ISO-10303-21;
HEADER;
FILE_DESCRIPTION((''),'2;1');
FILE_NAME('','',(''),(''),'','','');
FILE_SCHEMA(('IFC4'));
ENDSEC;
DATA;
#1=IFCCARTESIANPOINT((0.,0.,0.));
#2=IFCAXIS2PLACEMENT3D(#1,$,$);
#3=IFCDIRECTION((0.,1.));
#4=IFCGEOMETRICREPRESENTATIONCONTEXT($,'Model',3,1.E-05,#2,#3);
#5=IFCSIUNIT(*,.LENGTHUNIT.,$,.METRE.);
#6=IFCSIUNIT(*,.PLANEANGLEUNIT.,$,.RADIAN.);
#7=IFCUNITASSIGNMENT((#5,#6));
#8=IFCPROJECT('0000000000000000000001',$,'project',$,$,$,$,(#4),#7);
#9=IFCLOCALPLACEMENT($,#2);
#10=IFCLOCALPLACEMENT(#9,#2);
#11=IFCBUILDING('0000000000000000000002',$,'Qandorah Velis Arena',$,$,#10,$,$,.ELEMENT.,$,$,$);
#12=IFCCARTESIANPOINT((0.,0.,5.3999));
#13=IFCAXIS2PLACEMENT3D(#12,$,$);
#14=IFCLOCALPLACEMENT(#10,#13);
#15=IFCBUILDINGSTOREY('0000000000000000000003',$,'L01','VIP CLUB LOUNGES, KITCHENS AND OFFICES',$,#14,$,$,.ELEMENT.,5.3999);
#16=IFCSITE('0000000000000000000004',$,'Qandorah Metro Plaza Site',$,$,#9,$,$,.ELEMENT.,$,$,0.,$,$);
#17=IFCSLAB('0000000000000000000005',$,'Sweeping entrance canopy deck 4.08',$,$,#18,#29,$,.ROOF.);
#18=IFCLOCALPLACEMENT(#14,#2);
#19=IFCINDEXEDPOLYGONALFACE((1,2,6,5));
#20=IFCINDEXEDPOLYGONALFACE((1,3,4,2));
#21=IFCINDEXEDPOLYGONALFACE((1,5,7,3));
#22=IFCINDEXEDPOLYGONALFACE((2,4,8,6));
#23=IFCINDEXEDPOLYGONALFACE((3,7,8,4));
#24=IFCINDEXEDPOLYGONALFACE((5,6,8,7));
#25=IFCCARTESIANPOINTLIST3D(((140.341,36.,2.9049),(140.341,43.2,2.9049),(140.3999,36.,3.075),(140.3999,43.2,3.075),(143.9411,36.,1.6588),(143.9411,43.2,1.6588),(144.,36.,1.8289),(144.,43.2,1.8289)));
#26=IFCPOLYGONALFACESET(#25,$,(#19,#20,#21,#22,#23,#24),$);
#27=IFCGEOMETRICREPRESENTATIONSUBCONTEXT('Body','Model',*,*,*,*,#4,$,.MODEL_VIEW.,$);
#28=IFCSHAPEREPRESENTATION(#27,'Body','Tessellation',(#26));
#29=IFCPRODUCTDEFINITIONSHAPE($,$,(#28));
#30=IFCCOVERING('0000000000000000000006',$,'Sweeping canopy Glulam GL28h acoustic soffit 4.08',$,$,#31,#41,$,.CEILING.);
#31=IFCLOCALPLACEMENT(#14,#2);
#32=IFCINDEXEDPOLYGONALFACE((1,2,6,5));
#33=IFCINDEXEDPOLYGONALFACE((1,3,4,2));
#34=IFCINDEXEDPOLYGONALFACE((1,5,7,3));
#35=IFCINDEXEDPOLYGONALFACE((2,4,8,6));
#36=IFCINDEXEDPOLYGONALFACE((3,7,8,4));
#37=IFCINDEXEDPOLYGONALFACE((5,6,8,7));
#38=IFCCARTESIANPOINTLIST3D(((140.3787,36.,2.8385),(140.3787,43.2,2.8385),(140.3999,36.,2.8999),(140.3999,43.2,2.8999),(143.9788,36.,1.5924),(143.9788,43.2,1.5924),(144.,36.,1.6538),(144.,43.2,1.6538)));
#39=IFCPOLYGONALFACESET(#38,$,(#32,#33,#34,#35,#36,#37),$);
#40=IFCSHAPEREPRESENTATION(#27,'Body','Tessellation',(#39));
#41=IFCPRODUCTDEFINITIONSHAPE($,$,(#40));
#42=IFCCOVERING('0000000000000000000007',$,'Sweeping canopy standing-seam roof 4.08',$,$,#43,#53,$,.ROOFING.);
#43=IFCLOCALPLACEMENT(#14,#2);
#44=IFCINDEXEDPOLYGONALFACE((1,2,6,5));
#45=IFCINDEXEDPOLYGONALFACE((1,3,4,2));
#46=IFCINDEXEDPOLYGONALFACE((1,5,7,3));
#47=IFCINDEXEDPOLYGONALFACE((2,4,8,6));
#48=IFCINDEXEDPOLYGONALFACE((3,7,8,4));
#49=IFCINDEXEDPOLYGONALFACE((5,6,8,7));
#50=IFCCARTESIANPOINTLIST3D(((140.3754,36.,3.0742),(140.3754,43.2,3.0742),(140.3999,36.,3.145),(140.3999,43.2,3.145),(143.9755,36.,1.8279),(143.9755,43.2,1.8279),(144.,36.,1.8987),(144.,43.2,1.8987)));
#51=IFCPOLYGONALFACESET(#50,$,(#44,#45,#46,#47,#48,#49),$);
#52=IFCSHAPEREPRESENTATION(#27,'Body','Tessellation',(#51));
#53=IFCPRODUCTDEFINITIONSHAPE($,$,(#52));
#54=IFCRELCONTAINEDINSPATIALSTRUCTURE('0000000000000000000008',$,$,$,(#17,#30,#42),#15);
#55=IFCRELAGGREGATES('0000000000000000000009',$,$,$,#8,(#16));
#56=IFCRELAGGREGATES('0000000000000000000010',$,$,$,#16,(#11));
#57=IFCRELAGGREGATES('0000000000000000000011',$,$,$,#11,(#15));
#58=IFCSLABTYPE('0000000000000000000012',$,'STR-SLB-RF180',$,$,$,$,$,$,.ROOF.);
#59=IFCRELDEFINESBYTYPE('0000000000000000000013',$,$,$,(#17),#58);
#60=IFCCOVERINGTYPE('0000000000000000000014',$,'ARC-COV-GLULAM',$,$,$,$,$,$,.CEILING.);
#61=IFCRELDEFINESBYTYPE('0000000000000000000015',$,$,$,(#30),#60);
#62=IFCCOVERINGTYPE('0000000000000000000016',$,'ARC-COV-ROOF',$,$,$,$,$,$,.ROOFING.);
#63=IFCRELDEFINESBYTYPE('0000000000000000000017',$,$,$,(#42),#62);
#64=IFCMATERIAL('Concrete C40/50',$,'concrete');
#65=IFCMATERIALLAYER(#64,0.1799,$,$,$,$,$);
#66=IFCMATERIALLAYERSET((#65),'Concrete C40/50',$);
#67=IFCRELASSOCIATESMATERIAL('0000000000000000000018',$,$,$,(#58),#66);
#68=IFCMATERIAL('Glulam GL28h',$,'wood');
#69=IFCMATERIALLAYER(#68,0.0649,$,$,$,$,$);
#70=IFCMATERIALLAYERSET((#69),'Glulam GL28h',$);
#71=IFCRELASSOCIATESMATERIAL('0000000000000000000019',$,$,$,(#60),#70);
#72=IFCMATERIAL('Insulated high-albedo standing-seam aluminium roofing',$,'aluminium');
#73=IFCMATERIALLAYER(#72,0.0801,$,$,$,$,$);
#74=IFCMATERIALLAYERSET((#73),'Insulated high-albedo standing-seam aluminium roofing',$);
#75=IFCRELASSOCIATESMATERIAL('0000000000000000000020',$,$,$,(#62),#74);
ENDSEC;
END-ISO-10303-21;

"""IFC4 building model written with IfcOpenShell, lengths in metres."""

from ifc_helpers import new_model, si_unit, direction, frame, origin, place, context, subcontext, project, spatial, polyline, outline, extrude, material, layer, layer_set, type_object, element, save


model = new_model("IFC4")

# Units and contexts
model_context = context("Model", 3, precision=1e-05, world=origin(), true_north=direction((0.0, 1.0)))
body_context = subcontext(model_context, "Body", "Model", "MODEL_VIEW")
ifc_project = project(units=[si_unit("LENGTHUNIT", "METRE"), si_unit("PLANEANGLEUNIT", "RADIAN")], contexts=[model_context])

# Site, building, storey
site_placement = place(None, origin())
site = spatial("IfcSite", under=ifc_project, at=site_placement, Name="Qandorah Metro Plaza Site", CompositionType="ELEMENT", RefElevation=0.0)
building_placement = place(site_placement, origin())
building = spatial("IfcBuilding", under=site, at=building_placement, Name="Qandorah Velis Arena", CompositionType="ELEMENT")
storey_placement = place(building_placement, frame((0.0, 0.0, 5.3999)))
storey = spatial("IfcBuildingStorey", under=building, at=storey_placement, Name="L01", Description="VIP CLUB LOUNGES, KITCHENS AND OFFICES", CompositionType="ELEMENT", Elevation=5.3999)

# Slab
ifc_material_1 = material(Name="Concrete C40/50", Category="concrete")
ifc_layer_1 = layer(ifc_material_1, 0.1799)
ifc_layer_set_1 = layer_set([ifc_layer_1], Name="Concrete C40/50")
slab_type = type_object("IfcSlabType", Name="STR-SLB-RF180", PredefinedType="ROOF", material=ifc_layer_set_1)
slab_placement = place(storey_placement, frame((140.3999, 36.0, 3.075), z_axis=(0.327089, 0.0, 0.944994), x_axis=(0.944994, 0.0, -0.327089)))
element("IfcSlab", 1, at=slab_placement, inside=storey, type_object=slab_type, Name="Sweeping entrance canopy deck 4.08", PredefinedType="ROOF", context=body_context, shape_type="SweptSolid", body=[
    extrude(outline(polyline([(0.0, 0.0), (3.8097, 0.0), (3.8097, 7.2), (0.0, 7.2), (0.0, 0.0)])), origin(), (0.0, 0.0, -1.0), 0.1799),
])

# Coverings
ifc_material_2 = material(Name="Glulam GL28h", Category="wood")
ifc_layer_2 = layer(ifc_material_2, 0.0649)
ifc_layer_set_2 = layer_set([ifc_layer_2], Name="Glulam GL28h")
covering_type_1 = type_object("IfcCoveringType", Name="ARC-COV-GLULAM", PredefinedType="CEILING", material=ifc_layer_set_2)
covering_1_placement = place(storey_placement, frame((140.3999, 36.0, 2.8999), z_axis=(0.327089, 0.0, 0.944994), x_axis=(0.944994, 0.0, -0.327089)))
element("IfcCovering", 2, at=covering_1_placement, inside=storey, type_object=covering_type_1, Name="Sweeping canopy Glulam GL28h acoustic soffit 4.08", PredefinedType="CEILING", context=body_context, shape_type="SweptSolid", body=[
    extrude(outline(polyline([(0.0, 0.0), (3.8097, 0.0), (3.8097, 7.2), (0.0, 7.2), (0.0, 0.0)])), origin(), (0.0, 0.0, -1.0), 0.0649),
])
ifc_material_3 = material(Name="Insulated high-albedo standing-seam aluminium roofing", Category="aluminium")
ifc_layer_3 = layer(ifc_material_3, 0.0801)
ifc_layer_set_3 = layer_set([ifc_layer_3], Name="Insulated high-albedo standing-seam aluminium roofing")
covering_type_2 = type_object("IfcCoveringType", Name="ARC-COV-ROOF", PredefinedType="ROOFING", material=ifc_layer_set_3)
covering_2_placement = place(storey_placement, frame((140.3999, 36.0, 3.145), z_axis=(0.327146, 0.0, 0.944974), x_axis=(0.944974, 0.0, -0.327146)))
element("IfcCovering", 3, at=covering_2_placement, inside=storey, type_object=covering_type_2, Name="Sweeping canopy standing-seam roof 4.08", PredefinedType="ROOFING", context=body_context, shape_type="SweptSolid", body=[
    extrude(outline(polyline([(0.0, 0.0), (3.8097, 0.0), (3.8097, 7.2), (0.0, 7.2), (0.0, 0.0)])), origin(), (0.0, 0.0, -1.0), 0.075),
])

save(model, "model.ifc")
